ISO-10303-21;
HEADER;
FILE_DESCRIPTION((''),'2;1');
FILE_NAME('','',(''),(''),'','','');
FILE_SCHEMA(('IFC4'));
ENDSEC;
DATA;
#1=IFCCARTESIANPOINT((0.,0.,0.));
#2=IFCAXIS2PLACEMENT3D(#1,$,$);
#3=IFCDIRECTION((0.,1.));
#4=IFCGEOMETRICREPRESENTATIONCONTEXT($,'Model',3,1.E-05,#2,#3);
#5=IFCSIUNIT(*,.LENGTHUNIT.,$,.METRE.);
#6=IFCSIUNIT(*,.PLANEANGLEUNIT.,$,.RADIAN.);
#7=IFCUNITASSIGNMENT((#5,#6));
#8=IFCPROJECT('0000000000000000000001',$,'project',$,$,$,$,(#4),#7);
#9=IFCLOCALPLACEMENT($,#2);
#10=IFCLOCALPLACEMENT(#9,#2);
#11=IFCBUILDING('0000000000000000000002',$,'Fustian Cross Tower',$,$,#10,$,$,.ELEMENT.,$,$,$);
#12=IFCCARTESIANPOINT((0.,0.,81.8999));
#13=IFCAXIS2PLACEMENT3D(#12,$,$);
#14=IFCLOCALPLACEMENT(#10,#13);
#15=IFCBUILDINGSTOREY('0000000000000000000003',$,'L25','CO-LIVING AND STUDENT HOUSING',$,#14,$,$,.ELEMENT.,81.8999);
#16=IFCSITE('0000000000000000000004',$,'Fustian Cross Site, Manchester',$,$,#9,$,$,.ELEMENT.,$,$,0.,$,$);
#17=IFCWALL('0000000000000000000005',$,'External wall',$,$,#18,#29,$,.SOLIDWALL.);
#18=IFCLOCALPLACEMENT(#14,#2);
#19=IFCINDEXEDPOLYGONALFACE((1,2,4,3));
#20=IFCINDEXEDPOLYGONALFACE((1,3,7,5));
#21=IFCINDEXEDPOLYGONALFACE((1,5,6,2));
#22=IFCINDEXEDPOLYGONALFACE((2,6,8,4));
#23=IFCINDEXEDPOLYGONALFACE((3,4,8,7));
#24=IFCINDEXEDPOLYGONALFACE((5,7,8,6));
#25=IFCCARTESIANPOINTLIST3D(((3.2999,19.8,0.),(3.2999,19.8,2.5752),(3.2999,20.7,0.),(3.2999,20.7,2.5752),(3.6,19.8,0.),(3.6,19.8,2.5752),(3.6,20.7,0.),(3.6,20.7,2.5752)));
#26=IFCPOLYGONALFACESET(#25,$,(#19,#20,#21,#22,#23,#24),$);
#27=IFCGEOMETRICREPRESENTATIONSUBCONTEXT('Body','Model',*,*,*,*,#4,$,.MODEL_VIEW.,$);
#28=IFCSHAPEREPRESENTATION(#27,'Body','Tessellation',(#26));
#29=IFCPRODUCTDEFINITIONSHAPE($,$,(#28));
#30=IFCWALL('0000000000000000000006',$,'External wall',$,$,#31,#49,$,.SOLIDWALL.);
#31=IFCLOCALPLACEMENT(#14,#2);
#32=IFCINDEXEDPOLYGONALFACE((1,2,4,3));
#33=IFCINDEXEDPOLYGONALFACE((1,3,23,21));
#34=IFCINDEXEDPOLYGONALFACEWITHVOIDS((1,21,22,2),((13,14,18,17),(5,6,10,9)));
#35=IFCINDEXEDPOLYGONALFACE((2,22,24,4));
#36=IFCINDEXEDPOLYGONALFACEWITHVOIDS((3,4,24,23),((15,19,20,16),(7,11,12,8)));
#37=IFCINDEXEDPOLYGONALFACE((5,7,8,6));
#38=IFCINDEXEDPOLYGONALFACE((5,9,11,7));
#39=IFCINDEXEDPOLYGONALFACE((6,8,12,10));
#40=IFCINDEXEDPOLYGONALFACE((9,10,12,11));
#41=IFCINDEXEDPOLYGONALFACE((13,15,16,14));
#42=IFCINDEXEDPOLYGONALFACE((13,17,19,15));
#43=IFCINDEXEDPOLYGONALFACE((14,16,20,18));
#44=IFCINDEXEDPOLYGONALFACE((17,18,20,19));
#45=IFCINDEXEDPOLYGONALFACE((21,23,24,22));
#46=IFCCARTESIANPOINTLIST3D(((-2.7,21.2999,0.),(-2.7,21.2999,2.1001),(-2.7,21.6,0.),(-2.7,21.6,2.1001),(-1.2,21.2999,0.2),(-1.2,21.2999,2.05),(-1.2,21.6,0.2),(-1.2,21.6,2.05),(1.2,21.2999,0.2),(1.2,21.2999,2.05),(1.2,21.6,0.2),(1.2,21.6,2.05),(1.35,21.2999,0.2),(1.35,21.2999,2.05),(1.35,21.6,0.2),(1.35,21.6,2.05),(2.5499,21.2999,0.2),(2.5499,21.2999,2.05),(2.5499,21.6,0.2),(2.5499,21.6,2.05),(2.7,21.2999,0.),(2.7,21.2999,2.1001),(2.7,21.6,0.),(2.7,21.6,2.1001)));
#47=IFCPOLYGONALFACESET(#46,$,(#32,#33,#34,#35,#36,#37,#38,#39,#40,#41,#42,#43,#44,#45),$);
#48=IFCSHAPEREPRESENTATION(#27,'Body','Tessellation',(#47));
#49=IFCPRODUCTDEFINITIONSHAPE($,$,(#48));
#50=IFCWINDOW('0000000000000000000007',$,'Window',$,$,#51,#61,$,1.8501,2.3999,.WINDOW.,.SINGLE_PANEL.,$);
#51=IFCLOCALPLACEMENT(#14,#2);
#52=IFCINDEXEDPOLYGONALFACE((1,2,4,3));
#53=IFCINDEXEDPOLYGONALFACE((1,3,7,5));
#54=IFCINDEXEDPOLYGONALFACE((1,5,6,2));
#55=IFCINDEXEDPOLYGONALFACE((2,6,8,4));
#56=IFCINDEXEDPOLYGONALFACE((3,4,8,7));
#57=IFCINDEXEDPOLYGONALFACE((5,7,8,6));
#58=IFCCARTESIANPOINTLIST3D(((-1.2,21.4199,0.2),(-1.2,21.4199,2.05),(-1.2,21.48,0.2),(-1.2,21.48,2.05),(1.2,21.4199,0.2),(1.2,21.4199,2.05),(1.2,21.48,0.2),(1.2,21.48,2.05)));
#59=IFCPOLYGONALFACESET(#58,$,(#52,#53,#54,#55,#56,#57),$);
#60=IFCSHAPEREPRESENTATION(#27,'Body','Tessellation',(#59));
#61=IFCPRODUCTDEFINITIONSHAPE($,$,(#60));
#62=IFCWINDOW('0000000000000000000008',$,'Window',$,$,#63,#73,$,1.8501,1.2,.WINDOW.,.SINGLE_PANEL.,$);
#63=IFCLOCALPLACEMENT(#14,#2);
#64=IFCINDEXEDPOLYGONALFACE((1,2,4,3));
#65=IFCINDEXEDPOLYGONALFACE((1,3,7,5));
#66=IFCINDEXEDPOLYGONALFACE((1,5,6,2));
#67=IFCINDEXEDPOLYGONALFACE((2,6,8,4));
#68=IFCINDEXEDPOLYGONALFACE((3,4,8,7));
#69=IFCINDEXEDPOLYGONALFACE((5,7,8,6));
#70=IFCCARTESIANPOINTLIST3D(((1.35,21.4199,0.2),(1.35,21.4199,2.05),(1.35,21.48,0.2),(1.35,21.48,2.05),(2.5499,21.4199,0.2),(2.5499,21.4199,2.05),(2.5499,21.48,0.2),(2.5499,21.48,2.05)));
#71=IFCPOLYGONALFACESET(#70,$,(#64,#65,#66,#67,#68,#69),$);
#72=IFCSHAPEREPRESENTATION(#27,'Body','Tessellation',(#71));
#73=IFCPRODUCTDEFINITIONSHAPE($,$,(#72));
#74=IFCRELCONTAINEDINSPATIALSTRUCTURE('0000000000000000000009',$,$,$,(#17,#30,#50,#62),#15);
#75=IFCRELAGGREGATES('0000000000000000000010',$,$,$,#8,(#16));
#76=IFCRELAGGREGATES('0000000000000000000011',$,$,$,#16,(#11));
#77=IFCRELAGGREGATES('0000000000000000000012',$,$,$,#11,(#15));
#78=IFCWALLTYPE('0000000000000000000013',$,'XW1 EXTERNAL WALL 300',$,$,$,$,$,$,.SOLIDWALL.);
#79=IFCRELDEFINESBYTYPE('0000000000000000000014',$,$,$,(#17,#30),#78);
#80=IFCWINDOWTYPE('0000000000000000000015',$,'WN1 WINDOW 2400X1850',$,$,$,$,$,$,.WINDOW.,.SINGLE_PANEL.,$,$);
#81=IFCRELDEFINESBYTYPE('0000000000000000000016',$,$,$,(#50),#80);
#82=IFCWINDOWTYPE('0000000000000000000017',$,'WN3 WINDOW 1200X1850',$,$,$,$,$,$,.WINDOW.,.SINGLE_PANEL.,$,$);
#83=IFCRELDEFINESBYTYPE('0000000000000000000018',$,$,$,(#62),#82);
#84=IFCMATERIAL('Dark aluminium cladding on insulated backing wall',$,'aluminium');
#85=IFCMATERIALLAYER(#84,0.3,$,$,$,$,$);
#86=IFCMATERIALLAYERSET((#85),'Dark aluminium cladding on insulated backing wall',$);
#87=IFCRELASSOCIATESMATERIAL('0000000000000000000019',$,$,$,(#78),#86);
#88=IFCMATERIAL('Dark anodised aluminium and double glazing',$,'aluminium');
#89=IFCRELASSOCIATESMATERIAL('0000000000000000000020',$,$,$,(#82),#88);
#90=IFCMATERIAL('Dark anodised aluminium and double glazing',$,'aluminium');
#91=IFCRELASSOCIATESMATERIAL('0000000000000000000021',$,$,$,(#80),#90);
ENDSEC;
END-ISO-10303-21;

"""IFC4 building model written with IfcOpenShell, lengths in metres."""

from ifc_helpers import new_model, si_unit, direction, frame, frame_2d, origin, place, context, subcontext, project, spatial, rectangle, extrude, material, layer, layer_set, type_object, element, fill, save


model = new_model("IFC4")

# Units and contexts
model_context = context("Model", 3, precision=1e-05, world=origin(), true_north=direction((0.0, 1.0)))
body_context = subcontext(model_context, "Body", "Model", "MODEL_VIEW")
ifc_project = project(units=[si_unit("LENGTHUNIT", "METRE"), si_unit("PLANEANGLEUNIT", "RADIAN")], contexts=[model_context])

# Site, building, storey
site_placement = place(None, origin())
site = spatial("IfcSite", under=ifc_project, at=site_placement, Name="Fustian Cross Site, Manchester", CompositionType="ELEMENT", RefElevation=0.0)
building_placement = place(site_placement, origin())
building = spatial("IfcBuilding", under=site, at=building_placement, Name="Fustian Cross Tower", CompositionType="ELEMENT")
storey_placement = place(building_placement, frame((0.0, 0.0, 81.8999)))
storey = spatial("IfcBuildingStorey", under=building, at=storey_placement, Name="L25", Description="CO-LIVING AND STUDENT HOUSING", CompositionType="ELEMENT", Elevation=81.8999)

# Shared definitions
ifc_material_1 = material(Name="Dark aluminium cladding on insulated backing wall", Category="aluminium")
ifc_layer_1 = layer(ifc_material_1, 0.3)
ifc_layer_set_1 = layer_set([ifc_layer_1], Name="Dark aluminium cladding on insulated backing wall")
wall_type_1 = type_object("IfcWallType", Name="XW1 EXTERNAL WALL 300", PredefinedType="SOLIDWALL", material=ifc_layer_set_1)

# Shared definitions
ifc_material_2 = material(Name="Dark anodised aluminium and double glazing", Category="aluminium")
window_type_1 = type_object("IfcWindowType", Name="WN3 WINDOW 1200X1850", PartitioningType="SINGLE_PANEL", PredefinedType="WINDOW", material=ifc_material_2)

# Wall
wall_1_placement = place(storey_placement, frame((3.45, 19.8, 0.0), z_axis=(0.0, 0.0, 1.0), x_axis=(0.0, 1.0, 0.0)))
element("IfcWall", 1, at=wall_1_placement, inside=storey, type_object=wall_type_1, Name="External wall", PredefinedType="SOLIDWALL", context=body_context, shape_type="SweptSolid", body=[
    extrude(rectangle(XDim=0.8999, YDim=0.3, at=frame_2d((0.45, 0.0))), origin(), (0.0, 0.0, 1.0), 2.5752),
])

# Wall, openings, windows
wall_2_placement = place(storey_placement, frame((2.7, 21.45, 0.0), z_axis=(0.0, 0.0, 1.0), x_axis=(-1.0, 0.0, 0.0)))
wall_2 = element("IfcWall", 2, at=wall_2_placement, inside=storey, type_object=wall_type_1, Name="External wall", PredefinedType="SOLIDWALL", context=body_context, shape_type="SweptSolid", body=[
    extrude(rectangle(XDim=5.3999, YDim=0.3, at=frame_2d((2.7, 0.0))), origin(), (0.0, 0.0, 1.0), 2.1001),
])
opening_1_placement = place(wall_2_placement, frame((1.5, 0.0, 0.2)))
opening_1 = element("IfcOpeningElement", 3, at=opening_1_placement, cuts=wall_2, PredefinedType="OPENING", context=body_context, shape_type="SweptSolid", body=[
    extrude(rectangle(XDim=2.3999, YDim=1.8501, at=frame_2d((1.2, 0.925))), frame((0.0, 0.1599, 0.0), z_axis=(0.0, -1.0, 0.0), x_axis=(1.0, 0.0, 0.0)), (0.0, 0.0, 1.0), 0.3201),
])
opening_2_placement = place(wall_2_placement, frame((0.1499, 0.0, 0.2)))
opening_2 = element("IfcOpeningElement", 4, at=opening_2_placement, cuts=wall_2, PredefinedType="OPENING", context=body_context, shape_type="SweptSolid", body=[
    extrude(rectangle(XDim=1.2, YDim=1.8501, at=frame_2d((0.6001, 0.925))), frame((0.0, 0.1599, 0.0), z_axis=(0.0, -1.0, 0.0), x_axis=(1.0, 0.0, 0.0)), (0.0, 0.0, 1.0), 0.3201),
])
ifc_material_3 = material(Name="Dark anodised aluminium and double glazing", Category="aluminium")
window_type_2 = type_object("IfcWindowType", Name="WN1 WINDOW 2400X1850", PartitioningType="SINGLE_PANEL", PredefinedType="WINDOW", material=ifc_material_3)
window_1_placement = place(opening_1_placement, origin())
window_1 = element("IfcWindow", 5, at=window_1_placement, inside=storey, type_object=window_type_2, Name="Window", OverallHeight=1.8501, OverallWidth=2.3999, PartitioningType="SINGLE_PANEL", PredefinedType="WINDOW", context=body_context, shape_type="SweptSolid", body=[
    extrude(rectangle(XDim=2.3999, YDim=1.8501, at=frame_2d((1.2, 0.925))), frame((0.0, 0.03, 0.0), z_axis=(0.0, -1.0, 0.0), x_axis=(1.0, 0.0, 0.0)), (0.0, 0.0, 1.0), 0.0601),
])
fill(opening_1, window_1)
window_2_placement = place(opening_2_placement, origin())
window_2 = element("IfcWindow", 6, at=window_2_placement, inside=storey, type_object=window_type_1, Name="Window", OverallHeight=1.8501, OverallWidth=1.2, PartitioningType="SINGLE_PANEL", PredefinedType="WINDOW", context=body_context, shape_type="SweptSolid", body=[
    extrude(rectangle(XDim=1.2, YDim=1.8501, at=frame_2d((0.6001, 0.925))), frame((0.0, 0.03, 0.0), z_axis=(0.0, -1.0, 0.0), x_axis=(1.0, 0.0, 0.0)), (0.0, 0.0, 1.0), 0.0601),
])
fill(opening_2, window_2)

save(model, "model.ifc")
